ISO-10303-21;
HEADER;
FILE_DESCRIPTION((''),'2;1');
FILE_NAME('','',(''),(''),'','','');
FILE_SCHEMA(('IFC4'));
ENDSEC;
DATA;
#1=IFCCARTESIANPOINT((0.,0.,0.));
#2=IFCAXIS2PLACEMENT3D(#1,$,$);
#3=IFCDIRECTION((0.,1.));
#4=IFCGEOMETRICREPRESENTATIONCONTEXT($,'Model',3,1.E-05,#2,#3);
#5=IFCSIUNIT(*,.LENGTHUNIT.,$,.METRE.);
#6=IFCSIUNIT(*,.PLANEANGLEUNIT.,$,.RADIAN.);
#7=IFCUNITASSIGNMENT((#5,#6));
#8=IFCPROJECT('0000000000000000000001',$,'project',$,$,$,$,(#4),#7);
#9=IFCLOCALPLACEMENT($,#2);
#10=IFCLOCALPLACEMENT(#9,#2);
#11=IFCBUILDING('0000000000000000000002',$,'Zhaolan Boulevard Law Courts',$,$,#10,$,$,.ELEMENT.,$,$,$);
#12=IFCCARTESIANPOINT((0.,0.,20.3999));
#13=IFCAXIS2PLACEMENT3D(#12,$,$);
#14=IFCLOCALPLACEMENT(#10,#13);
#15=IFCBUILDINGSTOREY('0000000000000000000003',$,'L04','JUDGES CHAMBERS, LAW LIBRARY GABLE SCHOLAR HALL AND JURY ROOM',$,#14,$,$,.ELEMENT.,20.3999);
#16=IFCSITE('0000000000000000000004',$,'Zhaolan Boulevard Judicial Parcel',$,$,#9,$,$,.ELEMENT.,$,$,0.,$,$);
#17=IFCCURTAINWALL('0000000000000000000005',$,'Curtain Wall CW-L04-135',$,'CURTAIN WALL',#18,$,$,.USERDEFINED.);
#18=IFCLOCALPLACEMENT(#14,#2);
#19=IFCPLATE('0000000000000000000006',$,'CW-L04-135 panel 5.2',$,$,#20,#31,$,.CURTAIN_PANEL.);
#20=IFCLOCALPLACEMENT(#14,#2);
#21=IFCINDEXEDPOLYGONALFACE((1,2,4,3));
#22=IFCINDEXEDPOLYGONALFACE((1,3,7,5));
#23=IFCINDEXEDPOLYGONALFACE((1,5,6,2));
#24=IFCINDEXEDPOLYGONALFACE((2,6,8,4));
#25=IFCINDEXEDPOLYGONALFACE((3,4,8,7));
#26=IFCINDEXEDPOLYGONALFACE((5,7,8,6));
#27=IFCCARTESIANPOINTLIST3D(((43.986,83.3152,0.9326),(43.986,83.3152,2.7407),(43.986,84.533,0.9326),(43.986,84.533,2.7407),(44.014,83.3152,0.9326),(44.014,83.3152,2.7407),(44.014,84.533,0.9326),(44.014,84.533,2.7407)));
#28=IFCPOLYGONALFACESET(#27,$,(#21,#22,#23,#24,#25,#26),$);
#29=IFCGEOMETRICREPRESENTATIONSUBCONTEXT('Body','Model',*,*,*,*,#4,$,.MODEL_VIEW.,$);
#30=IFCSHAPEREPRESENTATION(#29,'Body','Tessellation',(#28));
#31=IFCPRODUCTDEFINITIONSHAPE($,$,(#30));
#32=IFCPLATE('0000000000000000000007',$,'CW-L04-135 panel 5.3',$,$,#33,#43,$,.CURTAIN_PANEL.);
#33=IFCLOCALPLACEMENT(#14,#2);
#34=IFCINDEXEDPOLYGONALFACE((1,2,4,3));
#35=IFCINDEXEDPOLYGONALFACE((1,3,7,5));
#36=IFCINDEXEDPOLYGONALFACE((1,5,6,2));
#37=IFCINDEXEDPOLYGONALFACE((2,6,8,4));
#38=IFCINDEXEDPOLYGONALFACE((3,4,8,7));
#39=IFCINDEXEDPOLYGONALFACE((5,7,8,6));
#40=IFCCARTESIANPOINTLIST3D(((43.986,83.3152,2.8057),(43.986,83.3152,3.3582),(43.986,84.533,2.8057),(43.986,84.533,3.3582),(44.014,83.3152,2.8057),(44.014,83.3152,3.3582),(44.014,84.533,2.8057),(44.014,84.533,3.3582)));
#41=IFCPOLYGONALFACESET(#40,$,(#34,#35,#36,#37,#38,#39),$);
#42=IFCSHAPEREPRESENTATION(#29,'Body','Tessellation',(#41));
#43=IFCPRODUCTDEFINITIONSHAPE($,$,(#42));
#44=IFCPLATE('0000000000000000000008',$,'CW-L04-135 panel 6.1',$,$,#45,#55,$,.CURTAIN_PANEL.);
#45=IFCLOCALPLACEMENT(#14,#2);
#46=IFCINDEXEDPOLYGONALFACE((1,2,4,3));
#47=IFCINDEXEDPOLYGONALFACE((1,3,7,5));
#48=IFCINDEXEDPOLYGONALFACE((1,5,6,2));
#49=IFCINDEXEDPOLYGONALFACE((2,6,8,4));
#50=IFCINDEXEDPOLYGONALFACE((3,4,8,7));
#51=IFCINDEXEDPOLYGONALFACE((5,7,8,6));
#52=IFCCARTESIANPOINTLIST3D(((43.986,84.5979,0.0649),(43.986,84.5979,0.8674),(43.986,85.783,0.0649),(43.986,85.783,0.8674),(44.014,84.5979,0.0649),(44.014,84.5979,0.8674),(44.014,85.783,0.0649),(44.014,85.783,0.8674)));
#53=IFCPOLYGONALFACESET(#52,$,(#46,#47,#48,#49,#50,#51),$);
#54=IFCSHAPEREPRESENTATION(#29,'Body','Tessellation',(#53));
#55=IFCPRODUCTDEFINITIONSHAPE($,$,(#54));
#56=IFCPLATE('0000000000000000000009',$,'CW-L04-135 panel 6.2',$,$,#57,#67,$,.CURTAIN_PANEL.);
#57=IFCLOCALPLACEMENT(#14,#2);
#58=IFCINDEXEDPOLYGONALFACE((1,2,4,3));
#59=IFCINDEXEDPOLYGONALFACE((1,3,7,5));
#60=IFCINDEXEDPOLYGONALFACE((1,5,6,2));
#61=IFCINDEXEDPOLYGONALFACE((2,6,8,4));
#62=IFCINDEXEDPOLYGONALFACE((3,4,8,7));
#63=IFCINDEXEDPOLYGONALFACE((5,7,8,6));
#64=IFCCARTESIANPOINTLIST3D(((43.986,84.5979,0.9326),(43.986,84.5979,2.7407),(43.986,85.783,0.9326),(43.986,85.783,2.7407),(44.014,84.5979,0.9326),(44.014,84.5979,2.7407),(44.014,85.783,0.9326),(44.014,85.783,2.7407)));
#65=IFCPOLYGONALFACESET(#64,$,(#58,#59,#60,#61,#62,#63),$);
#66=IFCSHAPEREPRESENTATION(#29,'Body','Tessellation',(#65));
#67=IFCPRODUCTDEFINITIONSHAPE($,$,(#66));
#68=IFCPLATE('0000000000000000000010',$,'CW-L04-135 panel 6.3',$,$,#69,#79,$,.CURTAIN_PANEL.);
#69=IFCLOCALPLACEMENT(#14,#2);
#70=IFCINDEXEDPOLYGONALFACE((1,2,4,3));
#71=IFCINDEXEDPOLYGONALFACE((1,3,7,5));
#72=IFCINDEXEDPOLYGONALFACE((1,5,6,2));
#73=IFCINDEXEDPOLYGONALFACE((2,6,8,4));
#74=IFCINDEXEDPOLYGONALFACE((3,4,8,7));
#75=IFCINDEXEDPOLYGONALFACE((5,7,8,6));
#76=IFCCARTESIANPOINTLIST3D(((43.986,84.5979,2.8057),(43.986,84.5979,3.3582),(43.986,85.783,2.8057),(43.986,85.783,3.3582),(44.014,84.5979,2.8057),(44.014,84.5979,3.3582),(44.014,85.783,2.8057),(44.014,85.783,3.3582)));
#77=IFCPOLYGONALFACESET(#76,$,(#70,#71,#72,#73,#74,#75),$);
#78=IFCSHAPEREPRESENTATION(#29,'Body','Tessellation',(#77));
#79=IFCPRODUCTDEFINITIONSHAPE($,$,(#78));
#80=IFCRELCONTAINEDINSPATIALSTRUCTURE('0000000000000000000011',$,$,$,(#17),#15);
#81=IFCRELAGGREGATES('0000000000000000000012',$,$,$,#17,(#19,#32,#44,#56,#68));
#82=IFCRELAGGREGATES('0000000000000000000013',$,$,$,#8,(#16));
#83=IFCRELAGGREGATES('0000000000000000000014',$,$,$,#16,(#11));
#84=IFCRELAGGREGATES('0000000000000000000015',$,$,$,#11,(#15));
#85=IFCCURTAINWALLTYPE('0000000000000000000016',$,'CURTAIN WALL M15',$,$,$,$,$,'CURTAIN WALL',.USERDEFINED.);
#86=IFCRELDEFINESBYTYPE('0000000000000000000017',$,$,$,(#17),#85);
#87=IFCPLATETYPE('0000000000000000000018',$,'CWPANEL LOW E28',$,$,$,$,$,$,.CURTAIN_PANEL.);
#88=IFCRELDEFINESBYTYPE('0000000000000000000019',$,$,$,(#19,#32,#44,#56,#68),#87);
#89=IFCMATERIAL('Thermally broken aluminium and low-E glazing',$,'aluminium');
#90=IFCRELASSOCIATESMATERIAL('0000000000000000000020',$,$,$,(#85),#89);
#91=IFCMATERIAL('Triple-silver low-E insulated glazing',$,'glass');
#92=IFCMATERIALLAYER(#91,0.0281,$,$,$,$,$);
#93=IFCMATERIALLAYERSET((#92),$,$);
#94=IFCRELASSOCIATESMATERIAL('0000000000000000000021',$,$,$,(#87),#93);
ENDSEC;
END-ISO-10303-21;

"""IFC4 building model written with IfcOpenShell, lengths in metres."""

from ifc_helpers import new_model, si_unit, direction, frame, origin, origin_2d, place, context, subcontext, project, spatial, rectangle, extrude, material, layer, layer_set, type_object, element, aggregate, save


model = new_model("IFC4")

# Units and contexts
model_context = context("Model", 3, precision=1e-05, world=origin(), true_north=direction((0.0, 1.0)))
body_context = subcontext(model_context, "Body", "Model", "MODEL_VIEW")
ifc_project = project(units=[si_unit("LENGTHUNIT", "METRE"), si_unit("PLANEANGLEUNIT", "RADIAN")], contexts=[model_context])

# Site, building, storey
site_placement = place(None, origin())
site = spatial("IfcSite", under=ifc_project, at=site_placement, Name="Zhaolan Boulevard Judicial Parcel", CompositionType="ELEMENT", RefElevation=0.0)
building_placement = place(site_placement, origin())
building = spatial("IfcBuilding", under=site, at=building_placement, Name="Zhaolan Boulevard Law Courts", CompositionType="ELEMENT")
storey_placement = place(building_placement, frame((0.0, 0.0, 20.3999)))
storey = spatial("IfcBuildingStorey", under=building, at=storey_placement, Name="L04", Description="JUDGES CHAMBERS, LAW LIBRARY GABLE SCHOLAR HALL AND JURY ROOM", CompositionType="ELEMENT", Elevation=20.3999)

# Curtain wall
ifc_material_1 = material(Name="Thermally broken aluminium and low-E glazing", Category="aluminium")
curtain_wall_type = type_object("IfcCurtainWallType", Name="CURTAIN WALL M15", ElementType="CURTAIN WALL", PredefinedType="USERDEFINED", material=ifc_material_1)
curtain_wall_placement = place(storey_placement, origin())
curtain_wall = element("IfcCurtainWall", 1, at=curtain_wall_placement, inside=storey, type_object=curtain_wall_type, Name="Curtain Wall CW-L04-135", ObjectType="CURTAIN WALL", PredefinedType="USERDEFINED")

# Plates
ifc_material_2 = material(Name="Triple-silver low-E insulated glazing", Category="glass")
ifc_layer = layer(ifc_material_2, 0.0281)
ifc_layer_set = layer_set([ifc_layer])
plate_type = type_object("IfcPlateType", Name="CWPANEL LOW E28", PredefinedType="CURTAIN_PANEL", material=ifc_layer_set)
plate_1_placement = place(storey_placement, frame((44.0, 83.9241, 0.9326), z_axis=(0.0, 0.0, 1.0), x_axis=(0.0, 1.0, 0.0)))
plate_1 = element("IfcPlate", 2, at=plate_1_placement, type_object=plate_type, Name="CW-L04-135 panel 5.2", PredefinedType="CURTAIN_PANEL", context=body_context, shape_type="SweptSolid", body=[
    extrude(rectangle(XDim=1.2178, YDim=0.0281, at=origin_2d()), origin(), (0.0, 0.0, 1.0), 1.8081),
])
plate_2_placement = place(storey_placement, frame((44.0, 83.9241, 2.8057), z_axis=(0.0, 0.0, 1.0), x_axis=(0.0, 1.0, 0.0)))
plate_2 = element("IfcPlate", 3, at=plate_2_placement, type_object=plate_type, Name="CW-L04-135 panel 5.3", PredefinedType="CURTAIN_PANEL", context=body_context, shape_type="SweptSolid", body=[
    extrude(rectangle(XDim=1.2178, YDim=0.0281, at=origin_2d()), origin(), (0.0, 0.0, 1.0), 0.5525),
])
plate_3_placement = place(storey_placement, frame((44.0, 85.1904, 0.0649), z_axis=(0.0, 0.0, 1.0), x_axis=(0.0, 1.0, 0.0)))
plate_3 = element("IfcPlate", 4, at=plate_3_placement, type_object=plate_type, Name="CW-L04-135 panel 6.1", PredefinedType="CURTAIN_PANEL", context=body_context, shape_type="SweptSolid", body=[
    extrude(rectangle(XDim=1.1851, YDim=0.0281, at=origin_2d()), origin(), (0.0, 0.0, 1.0), 0.8025),
])
plate_4_placement = place(storey_placement, frame((44.0, 85.1904, 0.9326), z_axis=(0.0, 0.0, 1.0), x_axis=(0.0, 1.0, 0.0)))
plate_4 = element("IfcPlate", 5, at=plate_4_placement, type_object=plate_type, Name="CW-L04-135 panel 6.2", PredefinedType="CURTAIN_PANEL", context=body_context, shape_type="SweptSolid", body=[
    extrude(rectangle(XDim=1.1851, YDim=0.0281, at=origin_2d()), origin(), (0.0, 0.0, 1.0), 1.8081),
])
plate_5_placement = place(storey_placement, frame((44.0, 85.1904, 2.8057), z_axis=(0.0, 0.0, 1.0), x_axis=(0.0, 1.0, 0.0)))
plate_5 = element("IfcPlate", 6, at=plate_5_placement, type_object=plate_type, Name="CW-L04-135 panel 6.3", PredefinedType="CURTAIN_PANEL", context=body_context, shape_type="SweptSolid", body=[
    extrude(rectangle(XDim=1.1851, YDim=0.0281, at=origin_2d()), origin(), (0.0, 0.0, 1.0), 0.5525),
])
aggregate(curtain_wall, [plate_1, plate_2, plate_3, plate_4, plate_5])

save(model, "model.ifc")
